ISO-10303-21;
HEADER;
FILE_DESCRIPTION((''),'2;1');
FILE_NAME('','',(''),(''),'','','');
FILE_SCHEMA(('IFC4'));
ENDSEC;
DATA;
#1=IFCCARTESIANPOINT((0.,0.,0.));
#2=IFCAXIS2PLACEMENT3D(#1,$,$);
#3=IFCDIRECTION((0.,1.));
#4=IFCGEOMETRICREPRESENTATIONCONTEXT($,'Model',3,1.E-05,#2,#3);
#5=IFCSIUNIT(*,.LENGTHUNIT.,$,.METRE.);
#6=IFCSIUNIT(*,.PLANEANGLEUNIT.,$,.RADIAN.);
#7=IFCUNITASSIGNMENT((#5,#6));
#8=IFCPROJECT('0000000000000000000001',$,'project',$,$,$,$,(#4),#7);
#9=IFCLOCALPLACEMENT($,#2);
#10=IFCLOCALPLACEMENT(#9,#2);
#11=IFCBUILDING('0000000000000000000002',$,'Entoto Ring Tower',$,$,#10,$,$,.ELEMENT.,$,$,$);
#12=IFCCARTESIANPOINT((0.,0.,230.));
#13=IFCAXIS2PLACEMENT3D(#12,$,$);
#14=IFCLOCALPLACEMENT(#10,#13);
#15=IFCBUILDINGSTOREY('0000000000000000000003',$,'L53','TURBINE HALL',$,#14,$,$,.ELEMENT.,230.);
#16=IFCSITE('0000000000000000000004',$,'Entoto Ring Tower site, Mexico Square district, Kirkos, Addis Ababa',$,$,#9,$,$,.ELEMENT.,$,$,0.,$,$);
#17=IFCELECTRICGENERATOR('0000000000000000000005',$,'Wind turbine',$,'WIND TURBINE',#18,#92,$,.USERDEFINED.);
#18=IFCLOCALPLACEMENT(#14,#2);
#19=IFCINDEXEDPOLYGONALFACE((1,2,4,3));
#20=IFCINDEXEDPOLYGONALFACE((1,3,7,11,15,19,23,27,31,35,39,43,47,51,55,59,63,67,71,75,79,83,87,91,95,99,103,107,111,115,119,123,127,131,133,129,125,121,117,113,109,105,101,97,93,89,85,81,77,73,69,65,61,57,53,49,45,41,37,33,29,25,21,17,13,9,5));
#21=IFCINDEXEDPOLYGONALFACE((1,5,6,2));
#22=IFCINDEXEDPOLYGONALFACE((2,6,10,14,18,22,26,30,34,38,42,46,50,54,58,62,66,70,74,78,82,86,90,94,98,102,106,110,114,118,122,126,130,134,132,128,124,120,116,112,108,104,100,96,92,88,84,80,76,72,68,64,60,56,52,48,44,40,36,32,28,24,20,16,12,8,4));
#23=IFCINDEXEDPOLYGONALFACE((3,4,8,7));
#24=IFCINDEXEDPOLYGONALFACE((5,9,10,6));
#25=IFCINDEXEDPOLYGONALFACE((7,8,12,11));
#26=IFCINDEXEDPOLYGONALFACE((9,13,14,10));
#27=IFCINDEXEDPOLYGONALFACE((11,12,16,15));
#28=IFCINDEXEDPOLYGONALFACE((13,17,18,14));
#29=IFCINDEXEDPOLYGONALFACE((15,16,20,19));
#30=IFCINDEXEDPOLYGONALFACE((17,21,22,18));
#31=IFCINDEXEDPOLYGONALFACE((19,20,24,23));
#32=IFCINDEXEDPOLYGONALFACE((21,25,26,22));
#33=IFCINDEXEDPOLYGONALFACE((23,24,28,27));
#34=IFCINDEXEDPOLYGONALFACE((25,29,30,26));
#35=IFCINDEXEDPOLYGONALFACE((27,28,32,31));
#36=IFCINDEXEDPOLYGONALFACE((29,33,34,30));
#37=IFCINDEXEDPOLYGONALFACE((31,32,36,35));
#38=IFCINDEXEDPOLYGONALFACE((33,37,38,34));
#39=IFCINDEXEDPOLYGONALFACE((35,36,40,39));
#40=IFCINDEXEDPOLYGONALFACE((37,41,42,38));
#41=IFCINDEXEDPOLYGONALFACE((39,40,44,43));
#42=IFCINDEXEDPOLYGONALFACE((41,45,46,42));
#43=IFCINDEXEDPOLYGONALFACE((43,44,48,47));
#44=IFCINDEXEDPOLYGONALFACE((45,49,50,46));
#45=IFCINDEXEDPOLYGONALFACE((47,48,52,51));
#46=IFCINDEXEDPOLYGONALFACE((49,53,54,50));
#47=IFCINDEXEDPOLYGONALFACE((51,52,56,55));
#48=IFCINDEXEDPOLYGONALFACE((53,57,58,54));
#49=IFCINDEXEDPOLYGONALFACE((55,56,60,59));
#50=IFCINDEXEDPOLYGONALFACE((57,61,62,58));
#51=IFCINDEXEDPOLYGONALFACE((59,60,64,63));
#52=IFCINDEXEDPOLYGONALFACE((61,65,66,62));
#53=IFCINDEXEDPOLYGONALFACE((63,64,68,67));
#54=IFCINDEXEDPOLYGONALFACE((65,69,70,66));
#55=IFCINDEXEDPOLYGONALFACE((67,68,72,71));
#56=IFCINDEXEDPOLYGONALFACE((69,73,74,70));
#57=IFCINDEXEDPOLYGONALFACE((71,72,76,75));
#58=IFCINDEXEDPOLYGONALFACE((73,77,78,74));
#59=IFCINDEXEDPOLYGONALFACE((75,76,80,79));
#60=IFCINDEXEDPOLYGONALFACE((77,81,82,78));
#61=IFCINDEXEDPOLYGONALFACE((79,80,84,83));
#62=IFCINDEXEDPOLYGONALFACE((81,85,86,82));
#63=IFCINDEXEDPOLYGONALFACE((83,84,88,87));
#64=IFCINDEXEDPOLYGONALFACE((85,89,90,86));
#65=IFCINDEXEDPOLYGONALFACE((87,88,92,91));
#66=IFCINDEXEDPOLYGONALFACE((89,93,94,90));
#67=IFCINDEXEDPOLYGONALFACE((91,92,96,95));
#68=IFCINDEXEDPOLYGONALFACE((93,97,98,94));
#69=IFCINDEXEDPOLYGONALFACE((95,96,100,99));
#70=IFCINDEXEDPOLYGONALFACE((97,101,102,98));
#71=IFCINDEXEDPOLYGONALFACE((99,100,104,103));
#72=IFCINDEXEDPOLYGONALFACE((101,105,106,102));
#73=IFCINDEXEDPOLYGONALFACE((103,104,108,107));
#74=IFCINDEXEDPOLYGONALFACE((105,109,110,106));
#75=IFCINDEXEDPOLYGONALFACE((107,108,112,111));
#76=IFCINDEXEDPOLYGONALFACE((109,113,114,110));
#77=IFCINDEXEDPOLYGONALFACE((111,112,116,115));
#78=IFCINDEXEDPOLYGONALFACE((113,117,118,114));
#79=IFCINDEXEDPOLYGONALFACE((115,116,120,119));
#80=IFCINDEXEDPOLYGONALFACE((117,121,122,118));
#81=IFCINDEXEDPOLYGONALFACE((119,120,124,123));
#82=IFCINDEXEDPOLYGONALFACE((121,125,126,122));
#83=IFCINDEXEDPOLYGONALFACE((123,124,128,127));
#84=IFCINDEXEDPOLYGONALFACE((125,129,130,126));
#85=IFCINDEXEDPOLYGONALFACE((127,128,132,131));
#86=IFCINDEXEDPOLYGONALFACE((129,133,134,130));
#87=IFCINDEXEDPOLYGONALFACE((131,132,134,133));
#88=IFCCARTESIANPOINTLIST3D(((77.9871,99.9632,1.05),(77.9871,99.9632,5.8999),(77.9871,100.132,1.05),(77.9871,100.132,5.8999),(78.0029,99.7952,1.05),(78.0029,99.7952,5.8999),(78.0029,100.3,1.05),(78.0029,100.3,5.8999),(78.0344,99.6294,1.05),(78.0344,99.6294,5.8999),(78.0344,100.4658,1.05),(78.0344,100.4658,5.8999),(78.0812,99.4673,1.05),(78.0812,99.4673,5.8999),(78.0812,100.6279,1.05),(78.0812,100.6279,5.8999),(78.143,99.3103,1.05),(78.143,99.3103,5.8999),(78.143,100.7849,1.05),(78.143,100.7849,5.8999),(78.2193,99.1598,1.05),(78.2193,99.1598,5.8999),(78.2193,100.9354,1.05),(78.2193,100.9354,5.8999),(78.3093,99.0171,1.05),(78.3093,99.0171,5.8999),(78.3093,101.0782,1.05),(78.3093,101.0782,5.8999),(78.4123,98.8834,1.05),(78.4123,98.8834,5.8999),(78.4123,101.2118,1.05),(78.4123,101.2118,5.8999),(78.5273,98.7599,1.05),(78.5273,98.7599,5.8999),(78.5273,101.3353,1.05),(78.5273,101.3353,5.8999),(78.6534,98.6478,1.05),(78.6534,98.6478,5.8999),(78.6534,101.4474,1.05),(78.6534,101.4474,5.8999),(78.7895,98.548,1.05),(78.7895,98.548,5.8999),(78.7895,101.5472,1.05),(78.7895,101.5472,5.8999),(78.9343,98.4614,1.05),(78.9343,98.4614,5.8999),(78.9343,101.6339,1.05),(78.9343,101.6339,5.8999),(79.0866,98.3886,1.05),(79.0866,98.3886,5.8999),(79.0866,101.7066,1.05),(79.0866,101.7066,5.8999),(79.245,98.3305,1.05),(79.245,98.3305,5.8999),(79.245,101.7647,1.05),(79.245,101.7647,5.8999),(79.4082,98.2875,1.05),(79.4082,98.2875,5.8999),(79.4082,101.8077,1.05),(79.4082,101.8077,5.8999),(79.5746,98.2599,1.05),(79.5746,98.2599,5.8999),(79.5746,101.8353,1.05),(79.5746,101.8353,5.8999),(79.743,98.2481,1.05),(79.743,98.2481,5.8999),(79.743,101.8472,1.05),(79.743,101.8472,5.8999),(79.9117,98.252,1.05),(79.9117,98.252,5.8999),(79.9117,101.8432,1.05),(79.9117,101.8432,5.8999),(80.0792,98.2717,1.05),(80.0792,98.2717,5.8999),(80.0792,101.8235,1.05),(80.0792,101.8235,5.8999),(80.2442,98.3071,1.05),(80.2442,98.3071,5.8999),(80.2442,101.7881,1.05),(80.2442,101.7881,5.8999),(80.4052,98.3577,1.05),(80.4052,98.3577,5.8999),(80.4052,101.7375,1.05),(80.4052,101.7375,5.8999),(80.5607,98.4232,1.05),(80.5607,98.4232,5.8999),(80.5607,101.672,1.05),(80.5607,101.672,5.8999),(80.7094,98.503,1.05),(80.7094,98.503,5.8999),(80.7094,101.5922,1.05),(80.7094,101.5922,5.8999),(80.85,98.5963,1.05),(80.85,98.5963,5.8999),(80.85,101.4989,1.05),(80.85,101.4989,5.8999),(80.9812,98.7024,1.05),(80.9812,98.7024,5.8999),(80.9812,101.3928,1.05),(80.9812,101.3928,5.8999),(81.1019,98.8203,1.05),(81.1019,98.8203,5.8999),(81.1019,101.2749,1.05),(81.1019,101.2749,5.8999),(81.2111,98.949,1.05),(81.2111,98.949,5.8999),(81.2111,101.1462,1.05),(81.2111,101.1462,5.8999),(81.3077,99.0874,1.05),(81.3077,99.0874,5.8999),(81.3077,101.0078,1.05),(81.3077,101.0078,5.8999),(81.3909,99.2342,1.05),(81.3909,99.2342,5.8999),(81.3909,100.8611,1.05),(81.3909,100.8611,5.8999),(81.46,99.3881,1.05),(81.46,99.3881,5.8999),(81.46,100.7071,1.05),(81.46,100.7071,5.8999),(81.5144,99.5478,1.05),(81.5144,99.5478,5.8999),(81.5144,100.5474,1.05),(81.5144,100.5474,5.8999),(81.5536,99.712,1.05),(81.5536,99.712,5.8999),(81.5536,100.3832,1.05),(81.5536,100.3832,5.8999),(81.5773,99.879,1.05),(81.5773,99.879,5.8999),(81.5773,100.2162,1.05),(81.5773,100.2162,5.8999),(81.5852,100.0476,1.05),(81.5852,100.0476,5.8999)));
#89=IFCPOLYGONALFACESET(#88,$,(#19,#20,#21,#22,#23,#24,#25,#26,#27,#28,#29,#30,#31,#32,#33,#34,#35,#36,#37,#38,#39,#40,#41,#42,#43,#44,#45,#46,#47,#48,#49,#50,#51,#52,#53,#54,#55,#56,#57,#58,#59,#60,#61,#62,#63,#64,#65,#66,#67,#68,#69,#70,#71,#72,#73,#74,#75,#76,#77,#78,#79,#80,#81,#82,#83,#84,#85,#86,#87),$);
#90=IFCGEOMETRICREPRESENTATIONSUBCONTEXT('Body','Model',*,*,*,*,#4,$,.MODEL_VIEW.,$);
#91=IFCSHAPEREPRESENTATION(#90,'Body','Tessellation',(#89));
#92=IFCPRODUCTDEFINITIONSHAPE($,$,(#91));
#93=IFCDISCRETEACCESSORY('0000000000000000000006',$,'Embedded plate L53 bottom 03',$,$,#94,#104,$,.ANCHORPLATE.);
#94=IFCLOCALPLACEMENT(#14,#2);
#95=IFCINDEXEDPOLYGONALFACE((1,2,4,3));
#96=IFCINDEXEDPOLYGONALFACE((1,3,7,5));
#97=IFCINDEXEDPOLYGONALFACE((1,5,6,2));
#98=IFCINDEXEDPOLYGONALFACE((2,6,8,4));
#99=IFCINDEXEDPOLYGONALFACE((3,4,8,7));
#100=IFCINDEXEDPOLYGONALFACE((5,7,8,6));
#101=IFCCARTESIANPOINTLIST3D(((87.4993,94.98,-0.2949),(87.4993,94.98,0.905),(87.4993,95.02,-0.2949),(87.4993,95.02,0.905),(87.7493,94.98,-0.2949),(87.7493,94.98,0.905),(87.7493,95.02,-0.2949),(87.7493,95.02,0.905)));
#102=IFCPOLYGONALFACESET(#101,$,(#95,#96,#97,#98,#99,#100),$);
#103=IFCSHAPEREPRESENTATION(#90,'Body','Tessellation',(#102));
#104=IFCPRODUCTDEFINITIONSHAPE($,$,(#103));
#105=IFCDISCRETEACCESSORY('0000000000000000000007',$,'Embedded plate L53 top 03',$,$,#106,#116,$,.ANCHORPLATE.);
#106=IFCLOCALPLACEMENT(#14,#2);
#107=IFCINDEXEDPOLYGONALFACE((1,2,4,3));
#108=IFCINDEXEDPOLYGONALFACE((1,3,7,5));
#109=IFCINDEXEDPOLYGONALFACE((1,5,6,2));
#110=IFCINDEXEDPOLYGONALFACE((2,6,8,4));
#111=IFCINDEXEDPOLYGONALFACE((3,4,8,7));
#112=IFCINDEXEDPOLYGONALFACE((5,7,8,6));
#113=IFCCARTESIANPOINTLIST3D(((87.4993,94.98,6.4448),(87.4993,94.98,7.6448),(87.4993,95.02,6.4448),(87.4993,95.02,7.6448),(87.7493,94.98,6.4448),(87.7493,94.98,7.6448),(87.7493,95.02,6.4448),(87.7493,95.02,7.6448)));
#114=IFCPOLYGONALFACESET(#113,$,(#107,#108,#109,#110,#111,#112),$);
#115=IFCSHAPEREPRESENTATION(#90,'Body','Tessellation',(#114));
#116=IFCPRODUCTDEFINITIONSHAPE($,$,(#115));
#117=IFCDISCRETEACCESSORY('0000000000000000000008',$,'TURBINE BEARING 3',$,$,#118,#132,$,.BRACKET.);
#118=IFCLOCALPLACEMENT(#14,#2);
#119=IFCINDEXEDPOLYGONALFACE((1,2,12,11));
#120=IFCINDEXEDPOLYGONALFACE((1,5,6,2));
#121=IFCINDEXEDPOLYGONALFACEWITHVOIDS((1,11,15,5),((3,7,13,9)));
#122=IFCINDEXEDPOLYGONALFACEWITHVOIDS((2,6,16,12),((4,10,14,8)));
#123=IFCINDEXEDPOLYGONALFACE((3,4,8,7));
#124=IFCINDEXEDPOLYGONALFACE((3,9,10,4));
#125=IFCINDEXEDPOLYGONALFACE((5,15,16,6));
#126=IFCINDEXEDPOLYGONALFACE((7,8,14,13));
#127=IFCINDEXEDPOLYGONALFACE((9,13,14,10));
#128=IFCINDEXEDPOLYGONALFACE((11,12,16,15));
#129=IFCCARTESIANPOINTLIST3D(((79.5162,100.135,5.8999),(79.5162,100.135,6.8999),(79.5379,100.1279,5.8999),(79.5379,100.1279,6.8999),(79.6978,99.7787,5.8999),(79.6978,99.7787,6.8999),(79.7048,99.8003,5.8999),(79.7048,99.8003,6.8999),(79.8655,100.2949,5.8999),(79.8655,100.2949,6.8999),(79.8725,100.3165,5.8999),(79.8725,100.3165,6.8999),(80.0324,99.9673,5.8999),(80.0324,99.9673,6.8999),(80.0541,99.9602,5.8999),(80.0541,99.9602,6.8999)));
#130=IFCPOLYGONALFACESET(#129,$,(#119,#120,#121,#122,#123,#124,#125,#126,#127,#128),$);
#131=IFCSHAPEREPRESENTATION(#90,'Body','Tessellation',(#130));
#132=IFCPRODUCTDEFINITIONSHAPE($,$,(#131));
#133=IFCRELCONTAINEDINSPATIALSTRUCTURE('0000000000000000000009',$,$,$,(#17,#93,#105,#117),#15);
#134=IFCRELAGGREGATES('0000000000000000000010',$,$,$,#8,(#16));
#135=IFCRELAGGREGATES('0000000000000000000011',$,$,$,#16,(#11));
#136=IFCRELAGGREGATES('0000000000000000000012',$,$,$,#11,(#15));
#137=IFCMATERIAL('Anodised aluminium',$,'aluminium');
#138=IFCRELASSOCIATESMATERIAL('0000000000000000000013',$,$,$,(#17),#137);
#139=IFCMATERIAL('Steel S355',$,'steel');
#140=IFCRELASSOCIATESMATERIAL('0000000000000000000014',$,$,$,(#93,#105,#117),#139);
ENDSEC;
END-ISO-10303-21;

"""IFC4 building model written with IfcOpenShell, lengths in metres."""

from ifc_helpers import new_model, si_unit, direction, frame, origin, origin_2d, place, context, subcontext, project, spatial, rectangle, hollow_rectangle, circle, extrude, material, element, save


model = new_model("IFC4")

# Units and contexts
model_context = context("Model", 3, precision=1e-05, world=origin(), true_north=direction((0.0, 1.0)))
body_context = subcontext(model_context, "Body", "Model", "MODEL_VIEW")
ifc_project = project(units=[si_unit("LENGTHUNIT", "METRE"), si_unit("PLANEANGLEUNIT", "RADIAN")], contexts=[model_context])

# Site, building, storey
site_placement = place(None, origin())
site = spatial("IfcSite", under=ifc_project, at=site_placement, Name="Entoto Ring Tower site, Mexico Square district, Kirkos, Addis Ababa", CompositionType="ELEMENT", RefElevation=0.0)
building_placement = place(site_placement, origin())
building = spatial("IfcBuilding", under=site, at=building_placement, Name="Entoto Ring Tower", CompositionType="ELEMENT")
storey_placement = place(building_placement, frame((0.0, 0.0, 230.0)))
storey = spatial("IfcBuildingStorey", under=building, at=storey_placement, Name="L53", Description="TURBINE HALL", CompositionType="ELEMENT", Elevation=230.0)

# Electric generator
ifc_material_1 = material(Name="Anodised aluminium", Category="aluminium")
electric_generator_placement = place(storey_placement, frame((79.7852, 100.0476, 1.05), z_axis=(0.0, 0.0, 1.0), x_axis=(1.0, 0.0, 0.0)))
element("IfcElectricGenerator", 1, at=electric_generator_placement, inside=storey, material=ifc_material_1, Name="Wind turbine", ObjectType="WIND TURBINE", PredefinedType="USERDEFINED", context=body_context, shape_type="SweptSolid", body=[
    extrude(circle(Radius=1.8, at=origin_2d()), origin(), (0.0, 0.0, 1.0), 4.8499),
])

# Discrete accessories
ifc_material_2 = material(Name="Steel S355", Category="steel")
for number, where, z_axis, x_axis, name in (
    (2, (87.6243, 95.0, -0.2949), (0.0, 0.0, 1.0), (0.0, 1.0, 0.0), "Embedded plate L53 bottom 03"),
    (3, (87.6243, 95.0, 6.4448), (0.0, 0.0, 1.0), (0.0, 1.0, 0.0), "Embedded plate L53 top 03"),
):
    element("IfcDiscreteAccessory", number, at=place(storey_placement, frame(where, z_axis=z_axis, x_axis=x_axis)), inside=storey, material=ifc_material_2, Name=name, PredefinedType="ANCHORPLATE", context=body_context, shape_type="SweptSolid", body=[
        extrude(rectangle(XDim=0.04, YDim=0.25, at=origin_2d()), origin(), (0.0, 0.0, 1.0), 1.2),
    ])
discrete_accessory_placement = place(storey_placement, frame((79.7852, 100.0476, 5.8999), z_axis=(0.0, 0.0, 1.0), x_axis=(-0.891007, -0.45399, 0.0)))
element("IfcDiscreteAccessory", 4, at=discrete_accessory_placement, inside=storey, material=ifc_material_2, Name="TURBINE BEARING 3", PredefinedType="BRACKET", context=body_context, shape_type="SweptSolid", body=[
    extrude(hollow_rectangle(XDim=0.3999, YDim=0.3999, WallThickness=0.0161, at=origin_2d()), origin(), (0.0, 0.0, 1.0), 1.0),
])

save(model, "model.ifc")
